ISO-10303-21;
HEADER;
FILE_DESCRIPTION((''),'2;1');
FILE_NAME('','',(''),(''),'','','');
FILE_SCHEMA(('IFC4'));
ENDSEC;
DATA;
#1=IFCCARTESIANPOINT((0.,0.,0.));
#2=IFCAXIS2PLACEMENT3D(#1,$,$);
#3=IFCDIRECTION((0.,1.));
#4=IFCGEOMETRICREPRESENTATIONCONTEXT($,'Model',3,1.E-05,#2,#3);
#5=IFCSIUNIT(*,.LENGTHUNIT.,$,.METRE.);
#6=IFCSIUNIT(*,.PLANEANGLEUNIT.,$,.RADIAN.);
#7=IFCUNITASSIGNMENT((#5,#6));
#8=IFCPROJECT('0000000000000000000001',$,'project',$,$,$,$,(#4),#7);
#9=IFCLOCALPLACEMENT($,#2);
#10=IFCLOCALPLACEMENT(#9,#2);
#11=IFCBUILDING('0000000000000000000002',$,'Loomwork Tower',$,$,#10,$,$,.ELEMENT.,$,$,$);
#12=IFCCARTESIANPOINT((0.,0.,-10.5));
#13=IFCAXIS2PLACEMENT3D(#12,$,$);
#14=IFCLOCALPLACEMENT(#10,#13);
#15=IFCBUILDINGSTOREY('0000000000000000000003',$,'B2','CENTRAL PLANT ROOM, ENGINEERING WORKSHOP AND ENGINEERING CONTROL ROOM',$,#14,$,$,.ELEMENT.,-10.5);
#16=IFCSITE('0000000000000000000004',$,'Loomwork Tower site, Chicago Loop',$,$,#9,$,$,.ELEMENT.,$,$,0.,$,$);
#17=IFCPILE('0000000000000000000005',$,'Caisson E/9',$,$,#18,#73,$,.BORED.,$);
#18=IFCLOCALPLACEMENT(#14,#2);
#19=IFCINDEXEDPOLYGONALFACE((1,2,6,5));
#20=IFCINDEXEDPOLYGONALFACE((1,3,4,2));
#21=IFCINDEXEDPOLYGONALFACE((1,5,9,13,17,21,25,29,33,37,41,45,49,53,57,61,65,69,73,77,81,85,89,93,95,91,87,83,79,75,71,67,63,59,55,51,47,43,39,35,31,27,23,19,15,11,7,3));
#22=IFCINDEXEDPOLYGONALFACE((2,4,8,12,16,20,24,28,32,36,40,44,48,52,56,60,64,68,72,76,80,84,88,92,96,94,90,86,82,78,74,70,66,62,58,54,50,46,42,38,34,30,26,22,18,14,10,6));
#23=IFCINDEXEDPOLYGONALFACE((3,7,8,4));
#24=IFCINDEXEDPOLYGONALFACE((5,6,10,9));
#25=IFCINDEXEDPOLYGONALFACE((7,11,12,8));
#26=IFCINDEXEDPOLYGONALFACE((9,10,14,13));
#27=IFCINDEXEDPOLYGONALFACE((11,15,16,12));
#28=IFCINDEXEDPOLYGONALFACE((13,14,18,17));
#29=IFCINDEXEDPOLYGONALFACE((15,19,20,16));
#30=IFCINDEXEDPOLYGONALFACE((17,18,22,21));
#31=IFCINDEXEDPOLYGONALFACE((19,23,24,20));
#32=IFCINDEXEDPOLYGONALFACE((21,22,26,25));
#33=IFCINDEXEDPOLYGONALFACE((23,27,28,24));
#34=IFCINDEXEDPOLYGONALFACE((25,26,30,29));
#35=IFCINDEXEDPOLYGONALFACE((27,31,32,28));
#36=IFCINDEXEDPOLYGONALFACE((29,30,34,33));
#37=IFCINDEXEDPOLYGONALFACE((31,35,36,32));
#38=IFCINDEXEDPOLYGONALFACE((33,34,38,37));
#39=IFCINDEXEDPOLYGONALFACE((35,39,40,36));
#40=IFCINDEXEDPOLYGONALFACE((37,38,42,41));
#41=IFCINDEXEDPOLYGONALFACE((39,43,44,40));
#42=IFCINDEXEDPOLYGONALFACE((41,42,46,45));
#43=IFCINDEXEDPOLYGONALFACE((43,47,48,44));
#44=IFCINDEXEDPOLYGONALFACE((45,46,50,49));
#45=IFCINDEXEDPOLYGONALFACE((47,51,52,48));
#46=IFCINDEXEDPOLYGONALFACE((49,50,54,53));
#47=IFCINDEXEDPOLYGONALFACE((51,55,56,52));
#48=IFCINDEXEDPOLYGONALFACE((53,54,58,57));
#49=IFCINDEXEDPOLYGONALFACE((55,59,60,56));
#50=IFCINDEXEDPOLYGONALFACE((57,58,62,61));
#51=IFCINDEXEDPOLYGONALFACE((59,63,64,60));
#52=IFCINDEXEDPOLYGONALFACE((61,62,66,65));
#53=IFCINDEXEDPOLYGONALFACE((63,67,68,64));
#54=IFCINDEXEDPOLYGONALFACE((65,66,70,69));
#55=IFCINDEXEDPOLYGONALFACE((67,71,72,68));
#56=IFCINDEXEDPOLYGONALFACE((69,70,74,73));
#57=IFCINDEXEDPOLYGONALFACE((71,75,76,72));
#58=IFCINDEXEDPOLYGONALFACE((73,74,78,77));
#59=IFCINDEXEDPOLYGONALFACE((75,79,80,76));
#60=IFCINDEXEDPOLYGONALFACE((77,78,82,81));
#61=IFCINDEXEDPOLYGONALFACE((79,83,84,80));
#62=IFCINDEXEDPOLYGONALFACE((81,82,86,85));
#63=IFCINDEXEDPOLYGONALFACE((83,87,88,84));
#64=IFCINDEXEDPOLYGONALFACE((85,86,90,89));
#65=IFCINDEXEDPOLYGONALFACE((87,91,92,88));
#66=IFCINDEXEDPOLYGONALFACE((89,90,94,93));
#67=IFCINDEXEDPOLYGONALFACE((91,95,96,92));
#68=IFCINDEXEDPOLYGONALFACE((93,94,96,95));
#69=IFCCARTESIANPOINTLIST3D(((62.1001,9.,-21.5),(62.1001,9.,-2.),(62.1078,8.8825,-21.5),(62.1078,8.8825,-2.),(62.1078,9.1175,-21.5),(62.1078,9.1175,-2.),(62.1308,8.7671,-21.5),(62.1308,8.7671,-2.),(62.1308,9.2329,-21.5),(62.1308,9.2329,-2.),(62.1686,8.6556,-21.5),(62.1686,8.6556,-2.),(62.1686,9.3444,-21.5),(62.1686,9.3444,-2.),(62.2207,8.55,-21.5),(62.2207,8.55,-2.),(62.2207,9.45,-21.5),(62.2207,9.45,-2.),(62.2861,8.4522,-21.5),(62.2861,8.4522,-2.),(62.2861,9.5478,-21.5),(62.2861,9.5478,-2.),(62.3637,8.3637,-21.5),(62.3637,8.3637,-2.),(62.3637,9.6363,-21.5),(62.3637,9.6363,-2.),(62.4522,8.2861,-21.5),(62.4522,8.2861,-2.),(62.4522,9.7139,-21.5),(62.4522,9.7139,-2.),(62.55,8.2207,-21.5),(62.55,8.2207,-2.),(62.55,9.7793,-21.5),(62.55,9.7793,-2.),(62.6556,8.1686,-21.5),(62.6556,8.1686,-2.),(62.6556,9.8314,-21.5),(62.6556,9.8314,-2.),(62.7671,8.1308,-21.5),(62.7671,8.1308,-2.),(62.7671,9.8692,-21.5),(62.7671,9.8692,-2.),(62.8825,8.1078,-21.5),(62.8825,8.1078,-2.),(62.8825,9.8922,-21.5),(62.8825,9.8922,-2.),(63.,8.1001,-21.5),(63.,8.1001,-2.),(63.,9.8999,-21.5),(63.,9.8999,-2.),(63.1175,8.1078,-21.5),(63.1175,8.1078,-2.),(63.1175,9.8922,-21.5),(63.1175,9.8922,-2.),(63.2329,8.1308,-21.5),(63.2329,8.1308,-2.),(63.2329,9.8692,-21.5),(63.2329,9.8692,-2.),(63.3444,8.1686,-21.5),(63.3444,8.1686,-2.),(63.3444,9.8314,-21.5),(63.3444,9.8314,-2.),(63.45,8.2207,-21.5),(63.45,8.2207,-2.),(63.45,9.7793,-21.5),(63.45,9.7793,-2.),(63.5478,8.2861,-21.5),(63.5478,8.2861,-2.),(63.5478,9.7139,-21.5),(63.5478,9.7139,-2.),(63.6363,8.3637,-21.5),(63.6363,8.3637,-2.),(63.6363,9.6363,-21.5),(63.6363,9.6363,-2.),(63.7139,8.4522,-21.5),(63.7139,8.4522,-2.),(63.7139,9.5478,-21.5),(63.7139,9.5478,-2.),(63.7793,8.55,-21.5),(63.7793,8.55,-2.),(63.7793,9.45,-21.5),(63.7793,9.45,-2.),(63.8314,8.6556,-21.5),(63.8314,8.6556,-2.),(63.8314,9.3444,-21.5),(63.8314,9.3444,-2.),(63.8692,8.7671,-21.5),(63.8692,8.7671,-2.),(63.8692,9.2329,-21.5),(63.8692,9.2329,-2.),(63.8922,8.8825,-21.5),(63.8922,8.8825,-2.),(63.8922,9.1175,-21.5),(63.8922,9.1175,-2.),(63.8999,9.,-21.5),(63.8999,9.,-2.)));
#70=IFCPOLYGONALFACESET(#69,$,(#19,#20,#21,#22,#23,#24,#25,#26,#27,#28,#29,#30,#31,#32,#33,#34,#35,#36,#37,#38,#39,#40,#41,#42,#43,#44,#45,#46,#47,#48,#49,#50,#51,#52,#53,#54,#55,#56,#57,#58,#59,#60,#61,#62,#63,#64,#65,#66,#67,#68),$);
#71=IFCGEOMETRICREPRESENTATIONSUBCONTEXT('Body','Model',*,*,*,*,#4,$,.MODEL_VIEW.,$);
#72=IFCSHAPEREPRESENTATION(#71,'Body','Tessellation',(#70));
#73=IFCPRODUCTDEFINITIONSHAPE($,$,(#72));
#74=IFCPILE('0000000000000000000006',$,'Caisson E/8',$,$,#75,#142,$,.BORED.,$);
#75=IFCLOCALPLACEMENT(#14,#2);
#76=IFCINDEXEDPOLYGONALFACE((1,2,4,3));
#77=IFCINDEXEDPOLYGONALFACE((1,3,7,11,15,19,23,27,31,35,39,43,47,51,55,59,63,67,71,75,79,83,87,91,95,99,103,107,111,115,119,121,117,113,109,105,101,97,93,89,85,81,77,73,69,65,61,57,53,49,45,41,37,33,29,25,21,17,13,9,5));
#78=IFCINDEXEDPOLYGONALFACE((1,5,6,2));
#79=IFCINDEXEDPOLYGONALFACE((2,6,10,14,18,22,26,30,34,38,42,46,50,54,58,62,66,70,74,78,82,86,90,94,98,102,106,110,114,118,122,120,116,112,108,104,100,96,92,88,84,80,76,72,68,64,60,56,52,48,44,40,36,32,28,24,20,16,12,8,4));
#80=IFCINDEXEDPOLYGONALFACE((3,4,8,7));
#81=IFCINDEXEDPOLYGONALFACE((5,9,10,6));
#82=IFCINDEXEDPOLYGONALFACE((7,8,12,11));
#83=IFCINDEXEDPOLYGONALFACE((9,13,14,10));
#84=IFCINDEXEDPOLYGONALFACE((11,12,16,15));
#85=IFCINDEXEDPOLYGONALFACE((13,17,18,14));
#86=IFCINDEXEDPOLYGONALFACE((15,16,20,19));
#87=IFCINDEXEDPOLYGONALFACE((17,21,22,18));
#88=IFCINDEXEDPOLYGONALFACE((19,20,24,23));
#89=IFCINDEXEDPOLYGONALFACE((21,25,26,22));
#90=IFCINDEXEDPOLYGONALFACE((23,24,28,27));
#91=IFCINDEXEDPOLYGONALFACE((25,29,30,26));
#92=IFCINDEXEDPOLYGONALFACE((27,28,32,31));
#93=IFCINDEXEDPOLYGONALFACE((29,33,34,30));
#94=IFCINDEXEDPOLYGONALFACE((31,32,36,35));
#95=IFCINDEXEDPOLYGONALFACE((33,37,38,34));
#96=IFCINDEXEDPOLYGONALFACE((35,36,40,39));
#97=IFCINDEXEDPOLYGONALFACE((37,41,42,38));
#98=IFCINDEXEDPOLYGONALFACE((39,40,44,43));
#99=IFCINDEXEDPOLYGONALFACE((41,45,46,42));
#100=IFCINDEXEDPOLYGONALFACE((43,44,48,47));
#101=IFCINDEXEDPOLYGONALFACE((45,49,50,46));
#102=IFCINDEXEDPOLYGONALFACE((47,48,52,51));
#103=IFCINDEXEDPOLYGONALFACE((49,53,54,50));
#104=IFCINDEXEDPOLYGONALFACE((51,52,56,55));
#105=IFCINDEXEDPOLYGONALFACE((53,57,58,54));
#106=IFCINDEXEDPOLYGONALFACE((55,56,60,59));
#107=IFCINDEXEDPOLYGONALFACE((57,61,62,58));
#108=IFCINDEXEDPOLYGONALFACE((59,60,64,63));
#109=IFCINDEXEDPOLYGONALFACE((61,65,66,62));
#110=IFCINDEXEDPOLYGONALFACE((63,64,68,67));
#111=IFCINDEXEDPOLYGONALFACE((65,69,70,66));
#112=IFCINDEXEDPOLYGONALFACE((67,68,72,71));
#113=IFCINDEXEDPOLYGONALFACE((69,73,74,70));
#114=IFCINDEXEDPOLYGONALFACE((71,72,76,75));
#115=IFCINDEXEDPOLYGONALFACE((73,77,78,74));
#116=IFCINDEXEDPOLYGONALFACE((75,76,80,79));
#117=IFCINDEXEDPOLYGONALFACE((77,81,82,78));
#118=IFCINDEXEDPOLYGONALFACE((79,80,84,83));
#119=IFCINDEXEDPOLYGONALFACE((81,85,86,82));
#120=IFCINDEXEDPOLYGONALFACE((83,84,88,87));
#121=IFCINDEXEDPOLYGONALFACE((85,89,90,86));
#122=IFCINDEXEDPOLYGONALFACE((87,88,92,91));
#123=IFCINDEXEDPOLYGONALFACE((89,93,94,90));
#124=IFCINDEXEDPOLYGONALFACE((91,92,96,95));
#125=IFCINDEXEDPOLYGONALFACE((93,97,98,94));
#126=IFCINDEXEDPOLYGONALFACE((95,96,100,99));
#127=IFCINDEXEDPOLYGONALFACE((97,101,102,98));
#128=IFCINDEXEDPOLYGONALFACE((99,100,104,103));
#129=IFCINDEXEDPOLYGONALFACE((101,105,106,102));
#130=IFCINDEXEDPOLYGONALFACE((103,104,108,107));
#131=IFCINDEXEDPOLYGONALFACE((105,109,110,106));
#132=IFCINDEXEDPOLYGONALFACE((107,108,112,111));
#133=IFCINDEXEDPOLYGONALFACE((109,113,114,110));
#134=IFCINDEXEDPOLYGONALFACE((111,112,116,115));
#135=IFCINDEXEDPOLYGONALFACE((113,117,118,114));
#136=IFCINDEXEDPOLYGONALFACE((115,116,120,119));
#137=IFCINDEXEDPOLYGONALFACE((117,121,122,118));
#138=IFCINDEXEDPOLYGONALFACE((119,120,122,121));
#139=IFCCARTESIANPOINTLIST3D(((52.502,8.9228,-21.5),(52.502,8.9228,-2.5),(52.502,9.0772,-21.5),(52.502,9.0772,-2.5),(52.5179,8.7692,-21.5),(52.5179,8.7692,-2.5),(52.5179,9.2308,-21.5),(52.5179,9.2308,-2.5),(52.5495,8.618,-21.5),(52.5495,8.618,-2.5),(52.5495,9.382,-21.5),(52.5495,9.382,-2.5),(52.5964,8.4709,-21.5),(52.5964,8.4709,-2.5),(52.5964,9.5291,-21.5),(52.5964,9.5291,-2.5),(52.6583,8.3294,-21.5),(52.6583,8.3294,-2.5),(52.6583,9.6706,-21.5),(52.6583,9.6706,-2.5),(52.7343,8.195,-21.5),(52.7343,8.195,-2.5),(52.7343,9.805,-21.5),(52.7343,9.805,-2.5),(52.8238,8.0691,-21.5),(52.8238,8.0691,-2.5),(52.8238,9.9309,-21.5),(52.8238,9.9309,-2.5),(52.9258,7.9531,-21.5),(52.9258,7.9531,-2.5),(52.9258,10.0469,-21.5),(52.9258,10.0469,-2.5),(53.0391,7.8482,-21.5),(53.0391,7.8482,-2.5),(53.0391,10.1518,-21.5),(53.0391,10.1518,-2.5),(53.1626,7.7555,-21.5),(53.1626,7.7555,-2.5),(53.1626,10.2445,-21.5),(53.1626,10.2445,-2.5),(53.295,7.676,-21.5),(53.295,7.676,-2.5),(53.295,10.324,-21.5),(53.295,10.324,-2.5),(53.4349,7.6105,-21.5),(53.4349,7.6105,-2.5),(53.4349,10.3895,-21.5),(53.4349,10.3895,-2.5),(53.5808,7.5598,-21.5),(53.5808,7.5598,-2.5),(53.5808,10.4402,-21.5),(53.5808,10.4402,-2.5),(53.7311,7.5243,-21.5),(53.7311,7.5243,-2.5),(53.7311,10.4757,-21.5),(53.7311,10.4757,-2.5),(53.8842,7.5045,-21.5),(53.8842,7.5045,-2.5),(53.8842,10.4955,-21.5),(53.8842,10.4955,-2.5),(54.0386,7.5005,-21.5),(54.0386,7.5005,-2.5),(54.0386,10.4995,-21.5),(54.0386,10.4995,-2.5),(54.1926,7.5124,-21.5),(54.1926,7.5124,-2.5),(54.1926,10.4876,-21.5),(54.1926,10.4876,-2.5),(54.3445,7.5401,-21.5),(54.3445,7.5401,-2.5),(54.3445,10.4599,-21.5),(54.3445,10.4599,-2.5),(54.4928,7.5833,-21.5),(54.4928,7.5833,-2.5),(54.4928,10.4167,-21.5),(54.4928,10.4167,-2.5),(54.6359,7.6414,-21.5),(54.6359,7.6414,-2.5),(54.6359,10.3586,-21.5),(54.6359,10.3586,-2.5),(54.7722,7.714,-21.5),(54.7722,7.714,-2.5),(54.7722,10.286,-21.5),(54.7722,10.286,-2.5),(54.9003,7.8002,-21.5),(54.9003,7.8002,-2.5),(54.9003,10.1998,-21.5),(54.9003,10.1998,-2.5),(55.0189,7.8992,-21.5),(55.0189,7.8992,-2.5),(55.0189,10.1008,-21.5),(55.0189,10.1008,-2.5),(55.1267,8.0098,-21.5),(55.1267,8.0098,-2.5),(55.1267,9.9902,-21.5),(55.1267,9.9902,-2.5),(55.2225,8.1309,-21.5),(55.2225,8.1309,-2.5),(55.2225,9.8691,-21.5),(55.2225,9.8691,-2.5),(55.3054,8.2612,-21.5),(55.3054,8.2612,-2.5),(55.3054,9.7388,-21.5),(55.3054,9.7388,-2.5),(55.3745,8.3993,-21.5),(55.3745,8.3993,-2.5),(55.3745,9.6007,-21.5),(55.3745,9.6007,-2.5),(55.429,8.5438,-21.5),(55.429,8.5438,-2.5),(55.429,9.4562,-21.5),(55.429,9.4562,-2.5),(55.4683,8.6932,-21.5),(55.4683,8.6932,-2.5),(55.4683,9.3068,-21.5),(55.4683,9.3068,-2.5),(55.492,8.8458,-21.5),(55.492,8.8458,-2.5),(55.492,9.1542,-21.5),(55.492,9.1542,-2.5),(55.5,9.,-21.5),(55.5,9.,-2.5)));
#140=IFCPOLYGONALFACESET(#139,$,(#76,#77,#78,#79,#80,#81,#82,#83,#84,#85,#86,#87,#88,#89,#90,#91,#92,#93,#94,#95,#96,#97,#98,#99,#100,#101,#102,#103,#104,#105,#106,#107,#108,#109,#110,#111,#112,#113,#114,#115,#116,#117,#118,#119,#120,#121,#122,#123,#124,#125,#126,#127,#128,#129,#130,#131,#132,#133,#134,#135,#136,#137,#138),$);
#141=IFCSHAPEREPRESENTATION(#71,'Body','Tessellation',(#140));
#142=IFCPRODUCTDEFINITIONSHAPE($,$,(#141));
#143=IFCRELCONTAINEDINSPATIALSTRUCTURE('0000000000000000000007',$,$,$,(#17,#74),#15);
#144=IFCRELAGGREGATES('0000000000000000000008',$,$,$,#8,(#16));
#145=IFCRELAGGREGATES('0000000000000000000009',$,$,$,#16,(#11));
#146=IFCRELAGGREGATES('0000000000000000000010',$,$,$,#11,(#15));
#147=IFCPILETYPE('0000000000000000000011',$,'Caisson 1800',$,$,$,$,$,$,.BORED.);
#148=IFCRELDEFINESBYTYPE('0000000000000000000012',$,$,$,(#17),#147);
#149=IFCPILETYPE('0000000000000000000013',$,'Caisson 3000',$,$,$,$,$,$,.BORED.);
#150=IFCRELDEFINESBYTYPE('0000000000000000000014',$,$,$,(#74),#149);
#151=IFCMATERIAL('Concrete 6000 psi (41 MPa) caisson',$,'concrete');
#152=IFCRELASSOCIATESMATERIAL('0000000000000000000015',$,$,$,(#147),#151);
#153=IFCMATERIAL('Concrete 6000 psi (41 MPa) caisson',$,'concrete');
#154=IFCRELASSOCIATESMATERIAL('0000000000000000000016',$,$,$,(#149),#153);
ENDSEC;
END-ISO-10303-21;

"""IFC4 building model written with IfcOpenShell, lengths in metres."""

from ifc_helpers import new_model, si_unit, direction, frame, origin, origin_2d, place, context, subcontext, project, spatial, circle, extrude, material, material_profile, profile_set, type_object, element, save


model = new_model("IFC4")

# Units and contexts
model_context = context("Model", 3, precision=1e-05, world=origin(), true_north=direction((0.0, 1.0)))
body_context = subcontext(model_context, "Body", "Model", "MODEL_VIEW")
ifc_project = project(units=[si_unit("LENGTHUNIT", "METRE"), si_unit("PLANEANGLEUNIT", "RADIAN")], contexts=[model_context])

# Site, building, storey
site_placement = place(None, origin())
site = spatial("IfcSite", under=ifc_project, at=site_placement, Name="Loomwork Tower site, Chicago Loop", CompositionType="ELEMENT", RefElevation=0.0)
building_placement = place(site_placement, origin())
building = spatial("IfcBuilding", under=site, at=building_placement, Name="Loomwork Tower", CompositionType="ELEMENT")
storey_placement = place(building_placement, frame((0.0, 0.0, -10.5)))
storey = spatial("IfcBuildingStorey", under=building, at=storey_placement, Name="B2", Description="CENTRAL PLANT ROOM, ENGINEERING WORKSHOP AND ENGINEERING CONTROL ROOM", CompositionType="ELEMENT", Elevation=-10.5)

# Piles
ifc_material_1 = material(Name="Concrete 6000 psi (41 MPa) caisson", Category="concrete")
ifc_material_profile_1 = material_profile(ifc_material_1, circle(Radius=0.8999, at=origin_2d()), Name="D1800")
ifc_profile_set_1 = profile_set([ifc_material_profile_1], Name="Concrete 6000 psi (41 MPa) caisson")
pile_type_1 = type_object("IfcPileType", Name="Caisson 1800", PredefinedType="BORED", material=ifc_profile_set_1)
pile_placement = place(storey_placement, frame((63.0, 9.0, -2.0), z_axis=(0.0, 0.0, -1.0), x_axis=(1.0, 0.0, 0.0)))
element("IfcPile", 1, at=pile_placement, inside=storey, type_object=pile_type_1, Name="Caisson E/9", PredefinedType="BORED", context=body_context, shape_type="SweptSolid", body=[
    extrude(circle(Radius=0.8999, at=origin_2d()), origin(), (0.0, 0.0, 1.0), 19.5),
])
ifc_material_2 = material(Name="Concrete 6000 psi (41 MPa) caisson", Category="concrete")
ifc_material_profile_2 = material_profile(ifc_material_2, circle(Radius=1.5, at=origin_2d()), Name="D3000")
ifc_profile_set_2 = profile_set([ifc_material_profile_2], Name="Concrete 6000 psi (41 MPa) caisson")
pile_type_2 = type_object("IfcPileType", Name="Caisson 3000", PredefinedType="BORED", material=ifc_profile_set_2)
for number, where, z_axis, x_axis, name in (
    (2, (54.0, 9.0, -2.5), (0.0, 0.0, -1.0), (1.0, 0.0, 0.0), "Caisson E/8"),
):
    element("IfcPile", number, at=place(storey_placement, frame(where, z_axis=z_axis, x_axis=x_axis)), inside=storey, type_object=pile_type_2, Name=name, PredefinedType="BORED", context=body_context, shape_type="SweptSolid", body=[
        extrude(circle(Radius=1.5, at=origin_2d()), origin(), (0.0, 0.0, 1.0), 19.0),
    ])

save(model, "model.ifc")
